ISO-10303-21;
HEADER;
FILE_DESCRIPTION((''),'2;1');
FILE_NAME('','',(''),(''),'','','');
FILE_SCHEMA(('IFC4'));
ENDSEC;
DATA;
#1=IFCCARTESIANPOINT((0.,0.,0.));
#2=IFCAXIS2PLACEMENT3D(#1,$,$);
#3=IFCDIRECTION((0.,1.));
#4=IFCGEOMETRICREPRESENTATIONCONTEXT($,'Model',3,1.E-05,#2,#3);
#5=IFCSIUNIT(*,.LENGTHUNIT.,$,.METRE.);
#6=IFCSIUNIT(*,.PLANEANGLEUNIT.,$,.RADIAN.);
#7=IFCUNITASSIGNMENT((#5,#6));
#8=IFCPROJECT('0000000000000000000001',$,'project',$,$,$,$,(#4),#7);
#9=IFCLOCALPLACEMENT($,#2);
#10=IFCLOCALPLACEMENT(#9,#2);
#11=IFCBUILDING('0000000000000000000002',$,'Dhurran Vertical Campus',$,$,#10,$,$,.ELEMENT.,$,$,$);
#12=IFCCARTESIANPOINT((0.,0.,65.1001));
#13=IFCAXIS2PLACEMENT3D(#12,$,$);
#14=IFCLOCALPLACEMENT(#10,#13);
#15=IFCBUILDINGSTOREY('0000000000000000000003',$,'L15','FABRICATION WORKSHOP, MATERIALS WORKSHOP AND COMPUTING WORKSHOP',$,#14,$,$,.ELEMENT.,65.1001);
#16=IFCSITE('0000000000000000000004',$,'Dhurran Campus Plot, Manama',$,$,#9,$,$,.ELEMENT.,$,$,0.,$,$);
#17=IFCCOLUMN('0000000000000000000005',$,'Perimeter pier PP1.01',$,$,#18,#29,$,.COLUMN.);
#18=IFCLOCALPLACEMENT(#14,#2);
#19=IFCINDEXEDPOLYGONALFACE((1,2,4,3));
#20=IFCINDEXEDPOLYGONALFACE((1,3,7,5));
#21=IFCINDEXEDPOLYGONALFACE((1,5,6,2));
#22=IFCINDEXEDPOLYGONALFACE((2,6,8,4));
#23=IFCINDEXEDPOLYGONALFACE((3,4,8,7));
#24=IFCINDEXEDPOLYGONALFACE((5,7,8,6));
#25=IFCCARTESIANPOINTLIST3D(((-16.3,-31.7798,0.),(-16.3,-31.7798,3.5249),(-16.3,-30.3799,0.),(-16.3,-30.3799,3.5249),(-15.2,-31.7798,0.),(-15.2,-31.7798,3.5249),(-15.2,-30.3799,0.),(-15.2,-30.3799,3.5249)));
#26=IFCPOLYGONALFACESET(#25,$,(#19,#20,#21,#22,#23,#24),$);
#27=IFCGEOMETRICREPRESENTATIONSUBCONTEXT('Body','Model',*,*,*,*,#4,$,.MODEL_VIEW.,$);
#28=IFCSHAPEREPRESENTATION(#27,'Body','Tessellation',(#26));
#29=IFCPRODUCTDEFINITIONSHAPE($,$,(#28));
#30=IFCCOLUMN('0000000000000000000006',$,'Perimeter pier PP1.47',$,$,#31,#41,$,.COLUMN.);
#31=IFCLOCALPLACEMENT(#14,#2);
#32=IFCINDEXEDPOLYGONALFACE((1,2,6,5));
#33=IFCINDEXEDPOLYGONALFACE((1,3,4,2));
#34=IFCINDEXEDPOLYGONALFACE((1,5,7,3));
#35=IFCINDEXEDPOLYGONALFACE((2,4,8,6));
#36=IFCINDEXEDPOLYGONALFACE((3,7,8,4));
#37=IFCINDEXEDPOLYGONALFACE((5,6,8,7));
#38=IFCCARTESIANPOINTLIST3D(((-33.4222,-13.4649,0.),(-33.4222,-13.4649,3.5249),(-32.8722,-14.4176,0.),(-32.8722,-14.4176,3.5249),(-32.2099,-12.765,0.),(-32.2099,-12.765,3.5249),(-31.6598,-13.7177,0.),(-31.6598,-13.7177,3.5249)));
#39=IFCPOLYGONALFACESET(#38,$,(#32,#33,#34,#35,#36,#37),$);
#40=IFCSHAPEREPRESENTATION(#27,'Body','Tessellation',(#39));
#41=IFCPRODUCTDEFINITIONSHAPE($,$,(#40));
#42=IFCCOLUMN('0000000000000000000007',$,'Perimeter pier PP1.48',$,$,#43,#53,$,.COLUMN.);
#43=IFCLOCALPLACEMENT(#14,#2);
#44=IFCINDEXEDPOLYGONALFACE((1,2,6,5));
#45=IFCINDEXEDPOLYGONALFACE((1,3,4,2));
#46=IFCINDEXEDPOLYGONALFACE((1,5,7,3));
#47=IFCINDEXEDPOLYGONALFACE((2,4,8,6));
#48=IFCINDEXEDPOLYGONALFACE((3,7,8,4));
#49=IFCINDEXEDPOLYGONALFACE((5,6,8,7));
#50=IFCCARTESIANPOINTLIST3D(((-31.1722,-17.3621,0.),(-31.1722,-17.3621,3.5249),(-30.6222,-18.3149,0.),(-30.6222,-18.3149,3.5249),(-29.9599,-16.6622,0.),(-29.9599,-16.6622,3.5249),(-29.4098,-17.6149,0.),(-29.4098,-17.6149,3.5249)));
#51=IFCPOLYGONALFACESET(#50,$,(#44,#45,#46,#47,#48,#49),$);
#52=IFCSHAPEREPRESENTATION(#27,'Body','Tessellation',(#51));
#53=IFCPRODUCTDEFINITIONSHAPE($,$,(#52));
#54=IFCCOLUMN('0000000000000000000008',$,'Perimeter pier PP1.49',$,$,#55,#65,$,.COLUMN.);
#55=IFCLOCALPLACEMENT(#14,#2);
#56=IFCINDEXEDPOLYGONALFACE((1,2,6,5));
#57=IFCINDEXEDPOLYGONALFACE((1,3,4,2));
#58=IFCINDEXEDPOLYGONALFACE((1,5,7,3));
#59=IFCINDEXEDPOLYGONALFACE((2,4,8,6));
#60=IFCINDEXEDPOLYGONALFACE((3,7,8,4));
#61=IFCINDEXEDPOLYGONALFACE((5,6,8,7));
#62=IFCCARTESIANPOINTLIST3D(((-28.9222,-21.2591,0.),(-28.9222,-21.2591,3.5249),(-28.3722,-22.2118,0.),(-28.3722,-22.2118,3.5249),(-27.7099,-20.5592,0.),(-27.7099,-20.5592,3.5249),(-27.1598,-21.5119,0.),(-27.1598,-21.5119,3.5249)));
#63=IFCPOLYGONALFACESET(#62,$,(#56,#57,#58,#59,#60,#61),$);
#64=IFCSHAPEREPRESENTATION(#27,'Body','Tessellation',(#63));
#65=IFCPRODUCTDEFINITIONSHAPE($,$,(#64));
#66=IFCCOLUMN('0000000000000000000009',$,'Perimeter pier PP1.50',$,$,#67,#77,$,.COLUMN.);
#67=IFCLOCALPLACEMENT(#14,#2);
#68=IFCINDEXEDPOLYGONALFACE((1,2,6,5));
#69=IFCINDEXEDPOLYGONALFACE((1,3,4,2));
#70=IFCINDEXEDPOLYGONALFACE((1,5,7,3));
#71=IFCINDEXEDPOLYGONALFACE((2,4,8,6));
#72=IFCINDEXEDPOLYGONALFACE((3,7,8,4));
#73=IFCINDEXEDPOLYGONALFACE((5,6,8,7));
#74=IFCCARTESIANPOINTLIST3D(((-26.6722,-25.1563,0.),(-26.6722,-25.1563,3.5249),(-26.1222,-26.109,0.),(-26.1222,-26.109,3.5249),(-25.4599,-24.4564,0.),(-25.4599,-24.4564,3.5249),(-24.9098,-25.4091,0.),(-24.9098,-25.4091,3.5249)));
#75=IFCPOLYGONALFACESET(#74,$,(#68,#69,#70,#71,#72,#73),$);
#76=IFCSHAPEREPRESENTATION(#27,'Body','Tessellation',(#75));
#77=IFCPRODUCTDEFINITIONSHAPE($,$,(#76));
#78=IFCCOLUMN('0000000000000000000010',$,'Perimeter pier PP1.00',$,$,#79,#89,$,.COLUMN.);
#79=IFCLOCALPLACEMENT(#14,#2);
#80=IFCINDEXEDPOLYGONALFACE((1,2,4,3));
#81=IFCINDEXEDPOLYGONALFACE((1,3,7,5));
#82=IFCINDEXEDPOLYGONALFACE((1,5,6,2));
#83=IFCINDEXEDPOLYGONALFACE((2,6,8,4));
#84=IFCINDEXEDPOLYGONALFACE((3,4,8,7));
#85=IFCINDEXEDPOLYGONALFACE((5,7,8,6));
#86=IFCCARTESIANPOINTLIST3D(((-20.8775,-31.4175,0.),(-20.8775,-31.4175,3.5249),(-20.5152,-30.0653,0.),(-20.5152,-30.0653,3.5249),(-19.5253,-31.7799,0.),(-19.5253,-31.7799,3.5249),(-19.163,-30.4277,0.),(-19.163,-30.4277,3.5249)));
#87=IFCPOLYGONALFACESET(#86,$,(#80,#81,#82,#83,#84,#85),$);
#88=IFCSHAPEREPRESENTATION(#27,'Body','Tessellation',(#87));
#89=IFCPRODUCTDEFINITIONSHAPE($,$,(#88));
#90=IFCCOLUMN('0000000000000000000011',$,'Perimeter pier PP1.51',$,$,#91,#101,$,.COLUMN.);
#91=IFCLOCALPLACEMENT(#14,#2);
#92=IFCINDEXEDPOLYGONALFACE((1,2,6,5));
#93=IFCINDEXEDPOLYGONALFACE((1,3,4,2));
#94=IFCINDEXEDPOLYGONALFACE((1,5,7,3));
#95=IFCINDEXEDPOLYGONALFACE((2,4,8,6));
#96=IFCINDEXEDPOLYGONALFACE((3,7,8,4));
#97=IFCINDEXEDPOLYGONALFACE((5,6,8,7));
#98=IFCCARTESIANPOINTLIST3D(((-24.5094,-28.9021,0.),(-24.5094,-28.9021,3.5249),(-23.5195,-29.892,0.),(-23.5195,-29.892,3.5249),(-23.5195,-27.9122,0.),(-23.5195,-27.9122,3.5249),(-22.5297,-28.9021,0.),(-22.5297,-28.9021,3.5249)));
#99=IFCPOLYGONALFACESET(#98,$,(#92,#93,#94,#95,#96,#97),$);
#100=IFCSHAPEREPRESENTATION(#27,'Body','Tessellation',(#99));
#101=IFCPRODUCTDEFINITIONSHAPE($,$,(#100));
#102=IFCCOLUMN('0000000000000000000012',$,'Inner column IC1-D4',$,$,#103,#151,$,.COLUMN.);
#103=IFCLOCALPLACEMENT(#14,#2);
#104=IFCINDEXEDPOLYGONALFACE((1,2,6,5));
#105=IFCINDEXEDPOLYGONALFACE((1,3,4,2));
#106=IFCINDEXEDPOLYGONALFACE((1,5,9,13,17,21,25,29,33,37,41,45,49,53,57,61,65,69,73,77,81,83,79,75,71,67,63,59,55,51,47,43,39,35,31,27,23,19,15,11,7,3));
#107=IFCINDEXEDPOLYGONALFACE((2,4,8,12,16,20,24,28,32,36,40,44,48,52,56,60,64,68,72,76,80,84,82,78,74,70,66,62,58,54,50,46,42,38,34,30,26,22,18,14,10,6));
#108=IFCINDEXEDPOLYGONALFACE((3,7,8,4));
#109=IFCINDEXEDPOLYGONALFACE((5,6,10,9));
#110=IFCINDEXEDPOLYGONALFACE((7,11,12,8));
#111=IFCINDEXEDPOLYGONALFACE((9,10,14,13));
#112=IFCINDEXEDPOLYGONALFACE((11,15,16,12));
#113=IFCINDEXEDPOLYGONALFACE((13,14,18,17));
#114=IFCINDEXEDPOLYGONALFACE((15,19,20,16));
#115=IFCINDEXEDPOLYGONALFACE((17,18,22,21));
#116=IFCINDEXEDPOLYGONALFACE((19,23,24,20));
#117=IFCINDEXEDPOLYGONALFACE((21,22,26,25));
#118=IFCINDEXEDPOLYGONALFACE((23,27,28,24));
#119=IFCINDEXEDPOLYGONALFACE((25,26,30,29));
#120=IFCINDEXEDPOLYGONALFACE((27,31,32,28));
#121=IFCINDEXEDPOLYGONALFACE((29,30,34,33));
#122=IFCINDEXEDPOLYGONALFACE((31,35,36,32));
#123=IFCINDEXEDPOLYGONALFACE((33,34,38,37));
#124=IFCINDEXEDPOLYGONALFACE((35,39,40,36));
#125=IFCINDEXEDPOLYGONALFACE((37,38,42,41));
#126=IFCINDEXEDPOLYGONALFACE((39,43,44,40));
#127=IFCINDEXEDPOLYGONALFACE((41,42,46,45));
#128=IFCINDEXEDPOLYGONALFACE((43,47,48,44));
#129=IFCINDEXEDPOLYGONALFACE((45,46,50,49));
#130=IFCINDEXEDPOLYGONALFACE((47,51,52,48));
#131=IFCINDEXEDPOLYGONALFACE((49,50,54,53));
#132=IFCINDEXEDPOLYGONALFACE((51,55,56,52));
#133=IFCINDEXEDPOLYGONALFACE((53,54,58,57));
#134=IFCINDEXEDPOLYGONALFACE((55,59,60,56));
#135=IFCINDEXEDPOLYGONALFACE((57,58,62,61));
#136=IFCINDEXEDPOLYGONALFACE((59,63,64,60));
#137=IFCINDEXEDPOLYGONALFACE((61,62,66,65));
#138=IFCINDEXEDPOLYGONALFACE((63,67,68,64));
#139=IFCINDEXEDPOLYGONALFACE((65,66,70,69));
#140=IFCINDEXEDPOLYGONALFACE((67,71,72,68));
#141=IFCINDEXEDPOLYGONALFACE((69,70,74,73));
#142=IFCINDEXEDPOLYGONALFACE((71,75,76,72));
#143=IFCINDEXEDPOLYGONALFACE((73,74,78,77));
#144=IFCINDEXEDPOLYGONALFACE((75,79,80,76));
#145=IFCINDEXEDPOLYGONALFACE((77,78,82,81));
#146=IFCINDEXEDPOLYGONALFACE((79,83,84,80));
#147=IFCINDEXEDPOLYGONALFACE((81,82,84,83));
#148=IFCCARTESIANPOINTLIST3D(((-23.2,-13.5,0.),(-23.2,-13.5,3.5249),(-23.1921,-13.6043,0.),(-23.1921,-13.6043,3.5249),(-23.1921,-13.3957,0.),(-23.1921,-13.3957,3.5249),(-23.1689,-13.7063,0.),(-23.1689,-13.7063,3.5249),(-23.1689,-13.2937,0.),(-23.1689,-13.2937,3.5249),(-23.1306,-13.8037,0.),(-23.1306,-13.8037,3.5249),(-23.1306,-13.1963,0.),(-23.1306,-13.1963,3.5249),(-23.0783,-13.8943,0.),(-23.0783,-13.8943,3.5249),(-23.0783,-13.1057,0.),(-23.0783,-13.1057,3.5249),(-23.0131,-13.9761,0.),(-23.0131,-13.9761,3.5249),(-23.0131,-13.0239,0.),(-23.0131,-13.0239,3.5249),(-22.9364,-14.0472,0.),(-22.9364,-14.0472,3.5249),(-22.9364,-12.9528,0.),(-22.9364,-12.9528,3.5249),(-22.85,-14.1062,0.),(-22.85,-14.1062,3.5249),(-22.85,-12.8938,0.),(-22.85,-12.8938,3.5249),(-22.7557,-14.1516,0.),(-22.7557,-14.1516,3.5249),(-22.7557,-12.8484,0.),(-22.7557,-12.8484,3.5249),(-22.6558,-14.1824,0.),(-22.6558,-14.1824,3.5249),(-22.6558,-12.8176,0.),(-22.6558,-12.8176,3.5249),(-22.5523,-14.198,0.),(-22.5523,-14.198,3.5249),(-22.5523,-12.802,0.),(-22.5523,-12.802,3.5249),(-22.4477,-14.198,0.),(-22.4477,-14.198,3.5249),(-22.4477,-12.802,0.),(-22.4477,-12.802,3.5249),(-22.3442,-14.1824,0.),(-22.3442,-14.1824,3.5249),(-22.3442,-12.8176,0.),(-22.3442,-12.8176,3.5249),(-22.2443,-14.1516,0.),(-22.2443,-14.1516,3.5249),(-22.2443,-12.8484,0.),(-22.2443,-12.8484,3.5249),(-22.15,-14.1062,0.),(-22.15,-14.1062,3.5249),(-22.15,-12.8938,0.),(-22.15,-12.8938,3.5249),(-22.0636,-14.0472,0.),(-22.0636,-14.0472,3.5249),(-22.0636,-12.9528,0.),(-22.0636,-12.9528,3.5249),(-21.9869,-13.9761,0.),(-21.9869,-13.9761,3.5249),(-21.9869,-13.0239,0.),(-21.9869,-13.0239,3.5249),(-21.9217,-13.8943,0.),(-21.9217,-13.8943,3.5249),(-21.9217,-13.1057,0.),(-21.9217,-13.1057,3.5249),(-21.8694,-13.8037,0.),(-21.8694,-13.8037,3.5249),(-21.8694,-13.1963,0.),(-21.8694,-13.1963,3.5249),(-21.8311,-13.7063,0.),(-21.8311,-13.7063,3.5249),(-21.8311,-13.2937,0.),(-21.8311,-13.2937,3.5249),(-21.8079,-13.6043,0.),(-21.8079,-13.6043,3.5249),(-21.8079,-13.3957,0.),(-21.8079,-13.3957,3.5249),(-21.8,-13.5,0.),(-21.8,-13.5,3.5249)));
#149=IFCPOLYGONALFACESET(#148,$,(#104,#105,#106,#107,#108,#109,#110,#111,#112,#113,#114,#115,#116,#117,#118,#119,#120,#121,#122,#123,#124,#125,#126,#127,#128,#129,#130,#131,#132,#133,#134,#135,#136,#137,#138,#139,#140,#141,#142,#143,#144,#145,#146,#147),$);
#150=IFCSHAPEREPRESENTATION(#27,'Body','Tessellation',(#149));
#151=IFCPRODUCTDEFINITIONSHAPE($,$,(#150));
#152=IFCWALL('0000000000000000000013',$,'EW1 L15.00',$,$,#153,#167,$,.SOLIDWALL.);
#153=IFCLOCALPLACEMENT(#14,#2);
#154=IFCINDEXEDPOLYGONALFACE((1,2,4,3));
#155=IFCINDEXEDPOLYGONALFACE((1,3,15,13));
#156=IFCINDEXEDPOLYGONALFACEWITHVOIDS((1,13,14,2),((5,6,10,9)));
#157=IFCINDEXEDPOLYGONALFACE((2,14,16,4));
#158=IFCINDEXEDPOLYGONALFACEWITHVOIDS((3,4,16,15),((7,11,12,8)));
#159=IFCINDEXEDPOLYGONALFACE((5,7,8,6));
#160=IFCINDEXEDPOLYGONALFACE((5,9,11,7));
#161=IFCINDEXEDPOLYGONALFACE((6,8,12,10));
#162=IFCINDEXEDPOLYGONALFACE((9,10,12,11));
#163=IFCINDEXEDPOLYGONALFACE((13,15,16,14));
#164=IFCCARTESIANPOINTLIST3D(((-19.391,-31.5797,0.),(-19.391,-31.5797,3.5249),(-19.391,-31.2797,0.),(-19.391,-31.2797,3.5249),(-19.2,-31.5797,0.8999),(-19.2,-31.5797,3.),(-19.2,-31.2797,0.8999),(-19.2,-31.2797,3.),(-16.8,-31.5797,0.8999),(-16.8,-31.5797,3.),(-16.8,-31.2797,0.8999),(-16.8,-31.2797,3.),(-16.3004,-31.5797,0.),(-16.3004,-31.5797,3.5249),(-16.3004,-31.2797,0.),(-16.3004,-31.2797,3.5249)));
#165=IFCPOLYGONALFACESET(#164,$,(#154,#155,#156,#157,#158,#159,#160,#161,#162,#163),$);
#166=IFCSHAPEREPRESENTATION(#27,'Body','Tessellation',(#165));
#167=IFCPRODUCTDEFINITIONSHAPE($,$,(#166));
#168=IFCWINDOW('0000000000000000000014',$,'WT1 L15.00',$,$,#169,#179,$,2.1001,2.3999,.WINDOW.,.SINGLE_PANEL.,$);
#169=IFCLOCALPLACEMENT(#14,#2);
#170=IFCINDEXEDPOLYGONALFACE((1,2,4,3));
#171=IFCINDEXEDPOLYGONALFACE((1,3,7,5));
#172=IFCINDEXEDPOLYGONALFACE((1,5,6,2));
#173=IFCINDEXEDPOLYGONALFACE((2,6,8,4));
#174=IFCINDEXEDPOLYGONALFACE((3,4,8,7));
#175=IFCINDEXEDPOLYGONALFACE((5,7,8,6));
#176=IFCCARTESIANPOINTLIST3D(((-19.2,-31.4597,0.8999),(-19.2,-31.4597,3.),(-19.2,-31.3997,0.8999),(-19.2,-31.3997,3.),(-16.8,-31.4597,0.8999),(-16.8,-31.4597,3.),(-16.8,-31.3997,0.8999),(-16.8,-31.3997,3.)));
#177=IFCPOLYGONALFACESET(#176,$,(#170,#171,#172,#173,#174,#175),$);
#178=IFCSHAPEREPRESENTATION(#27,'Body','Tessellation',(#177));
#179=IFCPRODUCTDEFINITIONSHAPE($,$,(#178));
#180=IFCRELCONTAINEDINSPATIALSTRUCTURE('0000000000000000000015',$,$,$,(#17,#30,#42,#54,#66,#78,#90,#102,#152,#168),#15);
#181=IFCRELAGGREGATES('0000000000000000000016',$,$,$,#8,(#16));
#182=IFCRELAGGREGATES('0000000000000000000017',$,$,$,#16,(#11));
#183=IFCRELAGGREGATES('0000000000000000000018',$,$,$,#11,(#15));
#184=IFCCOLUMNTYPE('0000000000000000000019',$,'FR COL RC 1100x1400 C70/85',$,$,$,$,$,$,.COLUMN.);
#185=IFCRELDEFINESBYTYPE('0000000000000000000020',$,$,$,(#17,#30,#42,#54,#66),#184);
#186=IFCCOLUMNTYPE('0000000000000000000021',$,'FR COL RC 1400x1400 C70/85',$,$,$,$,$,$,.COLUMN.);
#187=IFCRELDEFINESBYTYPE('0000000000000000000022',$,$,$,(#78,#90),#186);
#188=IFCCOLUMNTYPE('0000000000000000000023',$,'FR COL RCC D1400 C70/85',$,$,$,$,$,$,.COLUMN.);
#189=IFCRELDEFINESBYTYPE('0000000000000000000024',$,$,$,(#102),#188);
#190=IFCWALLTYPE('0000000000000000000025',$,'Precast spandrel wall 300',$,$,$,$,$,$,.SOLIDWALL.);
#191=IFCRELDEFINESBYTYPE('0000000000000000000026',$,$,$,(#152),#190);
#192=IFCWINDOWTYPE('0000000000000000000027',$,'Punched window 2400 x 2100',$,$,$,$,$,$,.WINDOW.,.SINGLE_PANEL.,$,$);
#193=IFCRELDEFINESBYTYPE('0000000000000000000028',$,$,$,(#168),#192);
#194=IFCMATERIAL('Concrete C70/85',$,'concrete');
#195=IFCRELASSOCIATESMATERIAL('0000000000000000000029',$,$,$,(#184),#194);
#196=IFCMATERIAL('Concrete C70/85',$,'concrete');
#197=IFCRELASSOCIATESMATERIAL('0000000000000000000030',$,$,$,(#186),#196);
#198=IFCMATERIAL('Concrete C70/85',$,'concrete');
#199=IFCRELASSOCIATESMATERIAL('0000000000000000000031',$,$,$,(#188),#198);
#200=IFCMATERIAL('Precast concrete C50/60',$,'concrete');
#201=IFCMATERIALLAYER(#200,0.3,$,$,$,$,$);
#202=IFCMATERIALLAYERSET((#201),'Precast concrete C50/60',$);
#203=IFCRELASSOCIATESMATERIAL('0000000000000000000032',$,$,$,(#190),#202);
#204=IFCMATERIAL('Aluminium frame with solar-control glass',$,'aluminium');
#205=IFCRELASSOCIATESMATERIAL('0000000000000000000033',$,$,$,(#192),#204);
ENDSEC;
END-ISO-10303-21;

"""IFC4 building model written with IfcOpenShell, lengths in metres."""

from ifc_helpers import new_model, si_unit, direction, frame, frame_2d, origin, origin_2d, place, context, subcontext, project, spatial, rectangle, circle, extrude, material, layer, layer_set, material_profile, profile_set, type_object, element, fill, save


model = new_model("IFC4")

# Units and contexts
model_context = context("Model", 3, precision=1e-05, world=origin(), true_north=direction((0.0, 1.0)))
body_context = subcontext(model_context, "Body", "Model", "MODEL_VIEW")
ifc_project = project(units=[si_unit("LENGTHUNIT", "METRE"), si_unit("PLANEANGLEUNIT", "RADIAN")], contexts=[model_context])

# Site, building, storey
site_placement = place(None, origin())
site = spatial("IfcSite", under=ifc_project, at=site_placement, Name="Dhurran Campus Plot, Manama", CompositionType="ELEMENT", RefElevation=0.0)
building_placement = place(site_placement, origin())
building = spatial("IfcBuilding", under=site, at=building_placement, Name="Dhurran Vertical Campus", CompositionType="ELEMENT")
storey_placement = place(building_placement, frame((0.0, 0.0, 65.1001)))
storey = spatial("IfcBuildingStorey", under=building, at=storey_placement, Name="L15", Description="FABRICATION WORKSHOP, MATERIALS WORKSHOP AND COMPUTING WORKSHOP", CompositionType="ELEMENT", Elevation=65.1001)

# Columns
ifc_material_1 = material(Name="Concrete C70/85", Category="concrete")
ifc_material_profile_1 = material_profile(ifc_material_1, rectangle(XDim=1.1001, YDim=1.3999, at=origin_2d()), Name="RC 1100x1400")
ifc_profile_set_1 = profile_set([ifc_material_profile_1], Name="Concrete C70/85")
column_type_1 = type_object("IfcColumnType", Name="FR COL RC 1100x1400 C70/85", PredefinedType="COLUMN", material=ifc_profile_set_1)
for number, where, z_axis, x_axis, name in (
    (1, (-15.75, -31.0798, 0.0), (0.0, 0.0, 1.0), (1.0, 0.0, 0.0), "Perimeter pier PP1.01"),
    (2, (-32.541, -13.5913, 0.0), (0.0, 0.0, 1.0), (0.5, -0.866025, 0.0), "Perimeter pier PP1.47"),
    (3, (-30.291, -17.4885, 0.0), (0.0, 0.0, 1.0), (0.5, -0.866025, 0.0), "Perimeter pier PP1.48"),
    (4, (-28.041, -21.3855, 0.0), (0.0, 0.0, 1.0), (0.5, -0.866025, 0.0), "Perimeter pier PP1.49"),
    (5, (-25.791, -25.2827, 0.0), (0.0, 0.0, 1.0), (0.5, -0.866025, 0.0), "Perimeter pier PP1.50"),
):
    element("IfcColumn", number, at=place(storey_placement, frame(where, z_axis=z_axis, x_axis=x_axis)), inside=storey, type_object=column_type_1, Name=name, PredefinedType="COLUMN", context=body_context, shape_type="SweptSolid", body=[
        extrude(rectangle(XDim=1.1001, YDim=1.3999, at=origin_2d()), origin(), (0.0, 0.0, 1.0), 3.5249),
    ])
ifc_material_2 = material(Name="Concrete C70/85", Category="concrete")
ifc_material_profile_2 = material_profile(ifc_material_2, rectangle(XDim=1.3999, YDim=1.3999, at=origin_2d()), Name="RC 1400x1400")
ifc_profile_set_2 = profile_set([ifc_material_profile_2], Name="Concrete C70/85")
column_type_2 = type_object("IfcColumnType", Name="FR COL RC 1400x1400 C70/85", PredefinedType="COLUMN", material=ifc_profile_set_2)
for number, where, z_axis, x_axis, name in (
    (6, (-20.0203, -30.9226, 0.0), (0.0, 0.0, 1.0), (0.965926, -0.258819, 0.0), "Perimeter pier PP1.00"),
    (7, (-23.5195, -28.9021, 0.0), (0.0, 0.0, 1.0), (0.707107, -0.707107, 0.0), "Perimeter pier PP1.51"),
):
    element("IfcColumn", number, at=place(storey_placement, frame(where, z_axis=z_axis, x_axis=x_axis)), inside=storey, type_object=column_type_2, Name=name, PredefinedType="COLUMN", context=body_context, shape_type="SweptSolid", body=[
        extrude(rectangle(XDim=1.3999, YDim=1.3999, at=origin_2d()), origin(), (0.0, 0.0, 1.0), 3.5249),
    ])
ifc_material_3 = material(Name="Concrete C70/85", Category="concrete")
ifc_material_profile_3 = material_profile(ifc_material_3, circle(Radius=0.7, at=origin_2d()), Name="RCC D1400")
ifc_profile_set_3 = profile_set([ifc_material_profile_3], Name="Concrete C70/85")
column_type_3 = type_object("IfcColumnType", Name="FR COL RCC D1400 C70/85", PredefinedType="COLUMN", material=ifc_profile_set_3)
column_placement = place(storey_placement, frame((-22.5, -13.5, 0.0), z_axis=(0.0, 0.0, 1.0), x_axis=(1.0, 0.0, 0.0)))
element("IfcColumn", 8, at=column_placement, inside=storey, type_object=column_type_3, Name="Inner column IC1-D4", PredefinedType="COLUMN", context=body_context, shape_type="SweptSolid", body=[
    extrude(circle(Radius=0.7, at=origin_2d()), origin(), (0.0, 0.0, 1.0), 3.5249),
])

# Wall, opening, window
ifc_material_4 = material(Name="Precast concrete C50/60", Category="concrete")
ifc_layer_1 = layer(ifc_material_4, 0.3)
ifc_layer_set_1 = layer_set([ifc_layer_1], Name="Precast concrete C50/60")
wall_type_1 = type_object("IfcWallType", Name="Precast spandrel wall 300", PredefinedType="SOLIDWALL", material=ifc_layer_set_1)
wall_1_placement = place(storey_placement, frame((-19.3911, -31.4297, 0.0), z_axis=(0.0, 0.0, 1.0), x_axis=(1.0, 0.0, 0.0)))
wall_1 = element("IfcWall", 9, at=wall_1_placement, inside=storey, type_object=wall_type_1, Name="EW1 L15.00", PredefinedType="SOLIDWALL", context=body_context, shape_type="SweptSolid", body=[
    extrude(rectangle(XDim=3.0906, YDim=0.3, at=frame_2d((1.5454, 0.0))), origin(), (0.0, 0.0, 1.0), 3.5249),
])
opening_1_placement = place(wall_1_placement, frame((0.1912, 0.0, 0.8999)))
opening_1 = element("IfcOpeningElement", 10, at=opening_1_placement, cuts=wall_1, PredefinedType="OPENING", context=body_context, shape_type="SweptSolid", body=[
    extrude(rectangle(XDim=2.3999, YDim=2.1001, at=frame_2d((1.2, 1.05))), frame((0.0, 0.1599, 0.0), z_axis=(0.0, -1.0, 0.0), x_axis=(1.0, 0.0, 0.0)), (0.0, 0.0, 1.0), 0.3201),
])
ifc_material_5 = material(Name="Aluminium frame with solar-control glass", Category="aluminium")
window_type = type_object("IfcWindowType", Name="Punched window 2400 x 2100", PartitioningType="SINGLE_PANEL", PredefinedType="WINDOW", material=ifc_material_5)
window_1_placement = place(opening_1_placement, origin())
window_1 = element("IfcWindow", 11, at=window_1_placement, inside=storey, type_object=window_type, Name="WT1 L15.00", OverallHeight=2.1001, OverallWidth=2.3999, PartitioningType="SINGLE_PANEL", PredefinedType="WINDOW", context=body_context, shape_type="SweptSolid", body=[
    extrude(rectangle(XDim=2.3999, YDim=2.1001, at=frame_2d((1.2, 1.05))), frame((0.0, 0.03, 0.0), z_axis=(0.0, -1.0, 0.0), x_axis=(1.0, 0.0, 0.0)), (0.0, 0.0, 1.0), 0.0601),
])
fill(opening_1, window_1)

save(model, "model.ifc")
